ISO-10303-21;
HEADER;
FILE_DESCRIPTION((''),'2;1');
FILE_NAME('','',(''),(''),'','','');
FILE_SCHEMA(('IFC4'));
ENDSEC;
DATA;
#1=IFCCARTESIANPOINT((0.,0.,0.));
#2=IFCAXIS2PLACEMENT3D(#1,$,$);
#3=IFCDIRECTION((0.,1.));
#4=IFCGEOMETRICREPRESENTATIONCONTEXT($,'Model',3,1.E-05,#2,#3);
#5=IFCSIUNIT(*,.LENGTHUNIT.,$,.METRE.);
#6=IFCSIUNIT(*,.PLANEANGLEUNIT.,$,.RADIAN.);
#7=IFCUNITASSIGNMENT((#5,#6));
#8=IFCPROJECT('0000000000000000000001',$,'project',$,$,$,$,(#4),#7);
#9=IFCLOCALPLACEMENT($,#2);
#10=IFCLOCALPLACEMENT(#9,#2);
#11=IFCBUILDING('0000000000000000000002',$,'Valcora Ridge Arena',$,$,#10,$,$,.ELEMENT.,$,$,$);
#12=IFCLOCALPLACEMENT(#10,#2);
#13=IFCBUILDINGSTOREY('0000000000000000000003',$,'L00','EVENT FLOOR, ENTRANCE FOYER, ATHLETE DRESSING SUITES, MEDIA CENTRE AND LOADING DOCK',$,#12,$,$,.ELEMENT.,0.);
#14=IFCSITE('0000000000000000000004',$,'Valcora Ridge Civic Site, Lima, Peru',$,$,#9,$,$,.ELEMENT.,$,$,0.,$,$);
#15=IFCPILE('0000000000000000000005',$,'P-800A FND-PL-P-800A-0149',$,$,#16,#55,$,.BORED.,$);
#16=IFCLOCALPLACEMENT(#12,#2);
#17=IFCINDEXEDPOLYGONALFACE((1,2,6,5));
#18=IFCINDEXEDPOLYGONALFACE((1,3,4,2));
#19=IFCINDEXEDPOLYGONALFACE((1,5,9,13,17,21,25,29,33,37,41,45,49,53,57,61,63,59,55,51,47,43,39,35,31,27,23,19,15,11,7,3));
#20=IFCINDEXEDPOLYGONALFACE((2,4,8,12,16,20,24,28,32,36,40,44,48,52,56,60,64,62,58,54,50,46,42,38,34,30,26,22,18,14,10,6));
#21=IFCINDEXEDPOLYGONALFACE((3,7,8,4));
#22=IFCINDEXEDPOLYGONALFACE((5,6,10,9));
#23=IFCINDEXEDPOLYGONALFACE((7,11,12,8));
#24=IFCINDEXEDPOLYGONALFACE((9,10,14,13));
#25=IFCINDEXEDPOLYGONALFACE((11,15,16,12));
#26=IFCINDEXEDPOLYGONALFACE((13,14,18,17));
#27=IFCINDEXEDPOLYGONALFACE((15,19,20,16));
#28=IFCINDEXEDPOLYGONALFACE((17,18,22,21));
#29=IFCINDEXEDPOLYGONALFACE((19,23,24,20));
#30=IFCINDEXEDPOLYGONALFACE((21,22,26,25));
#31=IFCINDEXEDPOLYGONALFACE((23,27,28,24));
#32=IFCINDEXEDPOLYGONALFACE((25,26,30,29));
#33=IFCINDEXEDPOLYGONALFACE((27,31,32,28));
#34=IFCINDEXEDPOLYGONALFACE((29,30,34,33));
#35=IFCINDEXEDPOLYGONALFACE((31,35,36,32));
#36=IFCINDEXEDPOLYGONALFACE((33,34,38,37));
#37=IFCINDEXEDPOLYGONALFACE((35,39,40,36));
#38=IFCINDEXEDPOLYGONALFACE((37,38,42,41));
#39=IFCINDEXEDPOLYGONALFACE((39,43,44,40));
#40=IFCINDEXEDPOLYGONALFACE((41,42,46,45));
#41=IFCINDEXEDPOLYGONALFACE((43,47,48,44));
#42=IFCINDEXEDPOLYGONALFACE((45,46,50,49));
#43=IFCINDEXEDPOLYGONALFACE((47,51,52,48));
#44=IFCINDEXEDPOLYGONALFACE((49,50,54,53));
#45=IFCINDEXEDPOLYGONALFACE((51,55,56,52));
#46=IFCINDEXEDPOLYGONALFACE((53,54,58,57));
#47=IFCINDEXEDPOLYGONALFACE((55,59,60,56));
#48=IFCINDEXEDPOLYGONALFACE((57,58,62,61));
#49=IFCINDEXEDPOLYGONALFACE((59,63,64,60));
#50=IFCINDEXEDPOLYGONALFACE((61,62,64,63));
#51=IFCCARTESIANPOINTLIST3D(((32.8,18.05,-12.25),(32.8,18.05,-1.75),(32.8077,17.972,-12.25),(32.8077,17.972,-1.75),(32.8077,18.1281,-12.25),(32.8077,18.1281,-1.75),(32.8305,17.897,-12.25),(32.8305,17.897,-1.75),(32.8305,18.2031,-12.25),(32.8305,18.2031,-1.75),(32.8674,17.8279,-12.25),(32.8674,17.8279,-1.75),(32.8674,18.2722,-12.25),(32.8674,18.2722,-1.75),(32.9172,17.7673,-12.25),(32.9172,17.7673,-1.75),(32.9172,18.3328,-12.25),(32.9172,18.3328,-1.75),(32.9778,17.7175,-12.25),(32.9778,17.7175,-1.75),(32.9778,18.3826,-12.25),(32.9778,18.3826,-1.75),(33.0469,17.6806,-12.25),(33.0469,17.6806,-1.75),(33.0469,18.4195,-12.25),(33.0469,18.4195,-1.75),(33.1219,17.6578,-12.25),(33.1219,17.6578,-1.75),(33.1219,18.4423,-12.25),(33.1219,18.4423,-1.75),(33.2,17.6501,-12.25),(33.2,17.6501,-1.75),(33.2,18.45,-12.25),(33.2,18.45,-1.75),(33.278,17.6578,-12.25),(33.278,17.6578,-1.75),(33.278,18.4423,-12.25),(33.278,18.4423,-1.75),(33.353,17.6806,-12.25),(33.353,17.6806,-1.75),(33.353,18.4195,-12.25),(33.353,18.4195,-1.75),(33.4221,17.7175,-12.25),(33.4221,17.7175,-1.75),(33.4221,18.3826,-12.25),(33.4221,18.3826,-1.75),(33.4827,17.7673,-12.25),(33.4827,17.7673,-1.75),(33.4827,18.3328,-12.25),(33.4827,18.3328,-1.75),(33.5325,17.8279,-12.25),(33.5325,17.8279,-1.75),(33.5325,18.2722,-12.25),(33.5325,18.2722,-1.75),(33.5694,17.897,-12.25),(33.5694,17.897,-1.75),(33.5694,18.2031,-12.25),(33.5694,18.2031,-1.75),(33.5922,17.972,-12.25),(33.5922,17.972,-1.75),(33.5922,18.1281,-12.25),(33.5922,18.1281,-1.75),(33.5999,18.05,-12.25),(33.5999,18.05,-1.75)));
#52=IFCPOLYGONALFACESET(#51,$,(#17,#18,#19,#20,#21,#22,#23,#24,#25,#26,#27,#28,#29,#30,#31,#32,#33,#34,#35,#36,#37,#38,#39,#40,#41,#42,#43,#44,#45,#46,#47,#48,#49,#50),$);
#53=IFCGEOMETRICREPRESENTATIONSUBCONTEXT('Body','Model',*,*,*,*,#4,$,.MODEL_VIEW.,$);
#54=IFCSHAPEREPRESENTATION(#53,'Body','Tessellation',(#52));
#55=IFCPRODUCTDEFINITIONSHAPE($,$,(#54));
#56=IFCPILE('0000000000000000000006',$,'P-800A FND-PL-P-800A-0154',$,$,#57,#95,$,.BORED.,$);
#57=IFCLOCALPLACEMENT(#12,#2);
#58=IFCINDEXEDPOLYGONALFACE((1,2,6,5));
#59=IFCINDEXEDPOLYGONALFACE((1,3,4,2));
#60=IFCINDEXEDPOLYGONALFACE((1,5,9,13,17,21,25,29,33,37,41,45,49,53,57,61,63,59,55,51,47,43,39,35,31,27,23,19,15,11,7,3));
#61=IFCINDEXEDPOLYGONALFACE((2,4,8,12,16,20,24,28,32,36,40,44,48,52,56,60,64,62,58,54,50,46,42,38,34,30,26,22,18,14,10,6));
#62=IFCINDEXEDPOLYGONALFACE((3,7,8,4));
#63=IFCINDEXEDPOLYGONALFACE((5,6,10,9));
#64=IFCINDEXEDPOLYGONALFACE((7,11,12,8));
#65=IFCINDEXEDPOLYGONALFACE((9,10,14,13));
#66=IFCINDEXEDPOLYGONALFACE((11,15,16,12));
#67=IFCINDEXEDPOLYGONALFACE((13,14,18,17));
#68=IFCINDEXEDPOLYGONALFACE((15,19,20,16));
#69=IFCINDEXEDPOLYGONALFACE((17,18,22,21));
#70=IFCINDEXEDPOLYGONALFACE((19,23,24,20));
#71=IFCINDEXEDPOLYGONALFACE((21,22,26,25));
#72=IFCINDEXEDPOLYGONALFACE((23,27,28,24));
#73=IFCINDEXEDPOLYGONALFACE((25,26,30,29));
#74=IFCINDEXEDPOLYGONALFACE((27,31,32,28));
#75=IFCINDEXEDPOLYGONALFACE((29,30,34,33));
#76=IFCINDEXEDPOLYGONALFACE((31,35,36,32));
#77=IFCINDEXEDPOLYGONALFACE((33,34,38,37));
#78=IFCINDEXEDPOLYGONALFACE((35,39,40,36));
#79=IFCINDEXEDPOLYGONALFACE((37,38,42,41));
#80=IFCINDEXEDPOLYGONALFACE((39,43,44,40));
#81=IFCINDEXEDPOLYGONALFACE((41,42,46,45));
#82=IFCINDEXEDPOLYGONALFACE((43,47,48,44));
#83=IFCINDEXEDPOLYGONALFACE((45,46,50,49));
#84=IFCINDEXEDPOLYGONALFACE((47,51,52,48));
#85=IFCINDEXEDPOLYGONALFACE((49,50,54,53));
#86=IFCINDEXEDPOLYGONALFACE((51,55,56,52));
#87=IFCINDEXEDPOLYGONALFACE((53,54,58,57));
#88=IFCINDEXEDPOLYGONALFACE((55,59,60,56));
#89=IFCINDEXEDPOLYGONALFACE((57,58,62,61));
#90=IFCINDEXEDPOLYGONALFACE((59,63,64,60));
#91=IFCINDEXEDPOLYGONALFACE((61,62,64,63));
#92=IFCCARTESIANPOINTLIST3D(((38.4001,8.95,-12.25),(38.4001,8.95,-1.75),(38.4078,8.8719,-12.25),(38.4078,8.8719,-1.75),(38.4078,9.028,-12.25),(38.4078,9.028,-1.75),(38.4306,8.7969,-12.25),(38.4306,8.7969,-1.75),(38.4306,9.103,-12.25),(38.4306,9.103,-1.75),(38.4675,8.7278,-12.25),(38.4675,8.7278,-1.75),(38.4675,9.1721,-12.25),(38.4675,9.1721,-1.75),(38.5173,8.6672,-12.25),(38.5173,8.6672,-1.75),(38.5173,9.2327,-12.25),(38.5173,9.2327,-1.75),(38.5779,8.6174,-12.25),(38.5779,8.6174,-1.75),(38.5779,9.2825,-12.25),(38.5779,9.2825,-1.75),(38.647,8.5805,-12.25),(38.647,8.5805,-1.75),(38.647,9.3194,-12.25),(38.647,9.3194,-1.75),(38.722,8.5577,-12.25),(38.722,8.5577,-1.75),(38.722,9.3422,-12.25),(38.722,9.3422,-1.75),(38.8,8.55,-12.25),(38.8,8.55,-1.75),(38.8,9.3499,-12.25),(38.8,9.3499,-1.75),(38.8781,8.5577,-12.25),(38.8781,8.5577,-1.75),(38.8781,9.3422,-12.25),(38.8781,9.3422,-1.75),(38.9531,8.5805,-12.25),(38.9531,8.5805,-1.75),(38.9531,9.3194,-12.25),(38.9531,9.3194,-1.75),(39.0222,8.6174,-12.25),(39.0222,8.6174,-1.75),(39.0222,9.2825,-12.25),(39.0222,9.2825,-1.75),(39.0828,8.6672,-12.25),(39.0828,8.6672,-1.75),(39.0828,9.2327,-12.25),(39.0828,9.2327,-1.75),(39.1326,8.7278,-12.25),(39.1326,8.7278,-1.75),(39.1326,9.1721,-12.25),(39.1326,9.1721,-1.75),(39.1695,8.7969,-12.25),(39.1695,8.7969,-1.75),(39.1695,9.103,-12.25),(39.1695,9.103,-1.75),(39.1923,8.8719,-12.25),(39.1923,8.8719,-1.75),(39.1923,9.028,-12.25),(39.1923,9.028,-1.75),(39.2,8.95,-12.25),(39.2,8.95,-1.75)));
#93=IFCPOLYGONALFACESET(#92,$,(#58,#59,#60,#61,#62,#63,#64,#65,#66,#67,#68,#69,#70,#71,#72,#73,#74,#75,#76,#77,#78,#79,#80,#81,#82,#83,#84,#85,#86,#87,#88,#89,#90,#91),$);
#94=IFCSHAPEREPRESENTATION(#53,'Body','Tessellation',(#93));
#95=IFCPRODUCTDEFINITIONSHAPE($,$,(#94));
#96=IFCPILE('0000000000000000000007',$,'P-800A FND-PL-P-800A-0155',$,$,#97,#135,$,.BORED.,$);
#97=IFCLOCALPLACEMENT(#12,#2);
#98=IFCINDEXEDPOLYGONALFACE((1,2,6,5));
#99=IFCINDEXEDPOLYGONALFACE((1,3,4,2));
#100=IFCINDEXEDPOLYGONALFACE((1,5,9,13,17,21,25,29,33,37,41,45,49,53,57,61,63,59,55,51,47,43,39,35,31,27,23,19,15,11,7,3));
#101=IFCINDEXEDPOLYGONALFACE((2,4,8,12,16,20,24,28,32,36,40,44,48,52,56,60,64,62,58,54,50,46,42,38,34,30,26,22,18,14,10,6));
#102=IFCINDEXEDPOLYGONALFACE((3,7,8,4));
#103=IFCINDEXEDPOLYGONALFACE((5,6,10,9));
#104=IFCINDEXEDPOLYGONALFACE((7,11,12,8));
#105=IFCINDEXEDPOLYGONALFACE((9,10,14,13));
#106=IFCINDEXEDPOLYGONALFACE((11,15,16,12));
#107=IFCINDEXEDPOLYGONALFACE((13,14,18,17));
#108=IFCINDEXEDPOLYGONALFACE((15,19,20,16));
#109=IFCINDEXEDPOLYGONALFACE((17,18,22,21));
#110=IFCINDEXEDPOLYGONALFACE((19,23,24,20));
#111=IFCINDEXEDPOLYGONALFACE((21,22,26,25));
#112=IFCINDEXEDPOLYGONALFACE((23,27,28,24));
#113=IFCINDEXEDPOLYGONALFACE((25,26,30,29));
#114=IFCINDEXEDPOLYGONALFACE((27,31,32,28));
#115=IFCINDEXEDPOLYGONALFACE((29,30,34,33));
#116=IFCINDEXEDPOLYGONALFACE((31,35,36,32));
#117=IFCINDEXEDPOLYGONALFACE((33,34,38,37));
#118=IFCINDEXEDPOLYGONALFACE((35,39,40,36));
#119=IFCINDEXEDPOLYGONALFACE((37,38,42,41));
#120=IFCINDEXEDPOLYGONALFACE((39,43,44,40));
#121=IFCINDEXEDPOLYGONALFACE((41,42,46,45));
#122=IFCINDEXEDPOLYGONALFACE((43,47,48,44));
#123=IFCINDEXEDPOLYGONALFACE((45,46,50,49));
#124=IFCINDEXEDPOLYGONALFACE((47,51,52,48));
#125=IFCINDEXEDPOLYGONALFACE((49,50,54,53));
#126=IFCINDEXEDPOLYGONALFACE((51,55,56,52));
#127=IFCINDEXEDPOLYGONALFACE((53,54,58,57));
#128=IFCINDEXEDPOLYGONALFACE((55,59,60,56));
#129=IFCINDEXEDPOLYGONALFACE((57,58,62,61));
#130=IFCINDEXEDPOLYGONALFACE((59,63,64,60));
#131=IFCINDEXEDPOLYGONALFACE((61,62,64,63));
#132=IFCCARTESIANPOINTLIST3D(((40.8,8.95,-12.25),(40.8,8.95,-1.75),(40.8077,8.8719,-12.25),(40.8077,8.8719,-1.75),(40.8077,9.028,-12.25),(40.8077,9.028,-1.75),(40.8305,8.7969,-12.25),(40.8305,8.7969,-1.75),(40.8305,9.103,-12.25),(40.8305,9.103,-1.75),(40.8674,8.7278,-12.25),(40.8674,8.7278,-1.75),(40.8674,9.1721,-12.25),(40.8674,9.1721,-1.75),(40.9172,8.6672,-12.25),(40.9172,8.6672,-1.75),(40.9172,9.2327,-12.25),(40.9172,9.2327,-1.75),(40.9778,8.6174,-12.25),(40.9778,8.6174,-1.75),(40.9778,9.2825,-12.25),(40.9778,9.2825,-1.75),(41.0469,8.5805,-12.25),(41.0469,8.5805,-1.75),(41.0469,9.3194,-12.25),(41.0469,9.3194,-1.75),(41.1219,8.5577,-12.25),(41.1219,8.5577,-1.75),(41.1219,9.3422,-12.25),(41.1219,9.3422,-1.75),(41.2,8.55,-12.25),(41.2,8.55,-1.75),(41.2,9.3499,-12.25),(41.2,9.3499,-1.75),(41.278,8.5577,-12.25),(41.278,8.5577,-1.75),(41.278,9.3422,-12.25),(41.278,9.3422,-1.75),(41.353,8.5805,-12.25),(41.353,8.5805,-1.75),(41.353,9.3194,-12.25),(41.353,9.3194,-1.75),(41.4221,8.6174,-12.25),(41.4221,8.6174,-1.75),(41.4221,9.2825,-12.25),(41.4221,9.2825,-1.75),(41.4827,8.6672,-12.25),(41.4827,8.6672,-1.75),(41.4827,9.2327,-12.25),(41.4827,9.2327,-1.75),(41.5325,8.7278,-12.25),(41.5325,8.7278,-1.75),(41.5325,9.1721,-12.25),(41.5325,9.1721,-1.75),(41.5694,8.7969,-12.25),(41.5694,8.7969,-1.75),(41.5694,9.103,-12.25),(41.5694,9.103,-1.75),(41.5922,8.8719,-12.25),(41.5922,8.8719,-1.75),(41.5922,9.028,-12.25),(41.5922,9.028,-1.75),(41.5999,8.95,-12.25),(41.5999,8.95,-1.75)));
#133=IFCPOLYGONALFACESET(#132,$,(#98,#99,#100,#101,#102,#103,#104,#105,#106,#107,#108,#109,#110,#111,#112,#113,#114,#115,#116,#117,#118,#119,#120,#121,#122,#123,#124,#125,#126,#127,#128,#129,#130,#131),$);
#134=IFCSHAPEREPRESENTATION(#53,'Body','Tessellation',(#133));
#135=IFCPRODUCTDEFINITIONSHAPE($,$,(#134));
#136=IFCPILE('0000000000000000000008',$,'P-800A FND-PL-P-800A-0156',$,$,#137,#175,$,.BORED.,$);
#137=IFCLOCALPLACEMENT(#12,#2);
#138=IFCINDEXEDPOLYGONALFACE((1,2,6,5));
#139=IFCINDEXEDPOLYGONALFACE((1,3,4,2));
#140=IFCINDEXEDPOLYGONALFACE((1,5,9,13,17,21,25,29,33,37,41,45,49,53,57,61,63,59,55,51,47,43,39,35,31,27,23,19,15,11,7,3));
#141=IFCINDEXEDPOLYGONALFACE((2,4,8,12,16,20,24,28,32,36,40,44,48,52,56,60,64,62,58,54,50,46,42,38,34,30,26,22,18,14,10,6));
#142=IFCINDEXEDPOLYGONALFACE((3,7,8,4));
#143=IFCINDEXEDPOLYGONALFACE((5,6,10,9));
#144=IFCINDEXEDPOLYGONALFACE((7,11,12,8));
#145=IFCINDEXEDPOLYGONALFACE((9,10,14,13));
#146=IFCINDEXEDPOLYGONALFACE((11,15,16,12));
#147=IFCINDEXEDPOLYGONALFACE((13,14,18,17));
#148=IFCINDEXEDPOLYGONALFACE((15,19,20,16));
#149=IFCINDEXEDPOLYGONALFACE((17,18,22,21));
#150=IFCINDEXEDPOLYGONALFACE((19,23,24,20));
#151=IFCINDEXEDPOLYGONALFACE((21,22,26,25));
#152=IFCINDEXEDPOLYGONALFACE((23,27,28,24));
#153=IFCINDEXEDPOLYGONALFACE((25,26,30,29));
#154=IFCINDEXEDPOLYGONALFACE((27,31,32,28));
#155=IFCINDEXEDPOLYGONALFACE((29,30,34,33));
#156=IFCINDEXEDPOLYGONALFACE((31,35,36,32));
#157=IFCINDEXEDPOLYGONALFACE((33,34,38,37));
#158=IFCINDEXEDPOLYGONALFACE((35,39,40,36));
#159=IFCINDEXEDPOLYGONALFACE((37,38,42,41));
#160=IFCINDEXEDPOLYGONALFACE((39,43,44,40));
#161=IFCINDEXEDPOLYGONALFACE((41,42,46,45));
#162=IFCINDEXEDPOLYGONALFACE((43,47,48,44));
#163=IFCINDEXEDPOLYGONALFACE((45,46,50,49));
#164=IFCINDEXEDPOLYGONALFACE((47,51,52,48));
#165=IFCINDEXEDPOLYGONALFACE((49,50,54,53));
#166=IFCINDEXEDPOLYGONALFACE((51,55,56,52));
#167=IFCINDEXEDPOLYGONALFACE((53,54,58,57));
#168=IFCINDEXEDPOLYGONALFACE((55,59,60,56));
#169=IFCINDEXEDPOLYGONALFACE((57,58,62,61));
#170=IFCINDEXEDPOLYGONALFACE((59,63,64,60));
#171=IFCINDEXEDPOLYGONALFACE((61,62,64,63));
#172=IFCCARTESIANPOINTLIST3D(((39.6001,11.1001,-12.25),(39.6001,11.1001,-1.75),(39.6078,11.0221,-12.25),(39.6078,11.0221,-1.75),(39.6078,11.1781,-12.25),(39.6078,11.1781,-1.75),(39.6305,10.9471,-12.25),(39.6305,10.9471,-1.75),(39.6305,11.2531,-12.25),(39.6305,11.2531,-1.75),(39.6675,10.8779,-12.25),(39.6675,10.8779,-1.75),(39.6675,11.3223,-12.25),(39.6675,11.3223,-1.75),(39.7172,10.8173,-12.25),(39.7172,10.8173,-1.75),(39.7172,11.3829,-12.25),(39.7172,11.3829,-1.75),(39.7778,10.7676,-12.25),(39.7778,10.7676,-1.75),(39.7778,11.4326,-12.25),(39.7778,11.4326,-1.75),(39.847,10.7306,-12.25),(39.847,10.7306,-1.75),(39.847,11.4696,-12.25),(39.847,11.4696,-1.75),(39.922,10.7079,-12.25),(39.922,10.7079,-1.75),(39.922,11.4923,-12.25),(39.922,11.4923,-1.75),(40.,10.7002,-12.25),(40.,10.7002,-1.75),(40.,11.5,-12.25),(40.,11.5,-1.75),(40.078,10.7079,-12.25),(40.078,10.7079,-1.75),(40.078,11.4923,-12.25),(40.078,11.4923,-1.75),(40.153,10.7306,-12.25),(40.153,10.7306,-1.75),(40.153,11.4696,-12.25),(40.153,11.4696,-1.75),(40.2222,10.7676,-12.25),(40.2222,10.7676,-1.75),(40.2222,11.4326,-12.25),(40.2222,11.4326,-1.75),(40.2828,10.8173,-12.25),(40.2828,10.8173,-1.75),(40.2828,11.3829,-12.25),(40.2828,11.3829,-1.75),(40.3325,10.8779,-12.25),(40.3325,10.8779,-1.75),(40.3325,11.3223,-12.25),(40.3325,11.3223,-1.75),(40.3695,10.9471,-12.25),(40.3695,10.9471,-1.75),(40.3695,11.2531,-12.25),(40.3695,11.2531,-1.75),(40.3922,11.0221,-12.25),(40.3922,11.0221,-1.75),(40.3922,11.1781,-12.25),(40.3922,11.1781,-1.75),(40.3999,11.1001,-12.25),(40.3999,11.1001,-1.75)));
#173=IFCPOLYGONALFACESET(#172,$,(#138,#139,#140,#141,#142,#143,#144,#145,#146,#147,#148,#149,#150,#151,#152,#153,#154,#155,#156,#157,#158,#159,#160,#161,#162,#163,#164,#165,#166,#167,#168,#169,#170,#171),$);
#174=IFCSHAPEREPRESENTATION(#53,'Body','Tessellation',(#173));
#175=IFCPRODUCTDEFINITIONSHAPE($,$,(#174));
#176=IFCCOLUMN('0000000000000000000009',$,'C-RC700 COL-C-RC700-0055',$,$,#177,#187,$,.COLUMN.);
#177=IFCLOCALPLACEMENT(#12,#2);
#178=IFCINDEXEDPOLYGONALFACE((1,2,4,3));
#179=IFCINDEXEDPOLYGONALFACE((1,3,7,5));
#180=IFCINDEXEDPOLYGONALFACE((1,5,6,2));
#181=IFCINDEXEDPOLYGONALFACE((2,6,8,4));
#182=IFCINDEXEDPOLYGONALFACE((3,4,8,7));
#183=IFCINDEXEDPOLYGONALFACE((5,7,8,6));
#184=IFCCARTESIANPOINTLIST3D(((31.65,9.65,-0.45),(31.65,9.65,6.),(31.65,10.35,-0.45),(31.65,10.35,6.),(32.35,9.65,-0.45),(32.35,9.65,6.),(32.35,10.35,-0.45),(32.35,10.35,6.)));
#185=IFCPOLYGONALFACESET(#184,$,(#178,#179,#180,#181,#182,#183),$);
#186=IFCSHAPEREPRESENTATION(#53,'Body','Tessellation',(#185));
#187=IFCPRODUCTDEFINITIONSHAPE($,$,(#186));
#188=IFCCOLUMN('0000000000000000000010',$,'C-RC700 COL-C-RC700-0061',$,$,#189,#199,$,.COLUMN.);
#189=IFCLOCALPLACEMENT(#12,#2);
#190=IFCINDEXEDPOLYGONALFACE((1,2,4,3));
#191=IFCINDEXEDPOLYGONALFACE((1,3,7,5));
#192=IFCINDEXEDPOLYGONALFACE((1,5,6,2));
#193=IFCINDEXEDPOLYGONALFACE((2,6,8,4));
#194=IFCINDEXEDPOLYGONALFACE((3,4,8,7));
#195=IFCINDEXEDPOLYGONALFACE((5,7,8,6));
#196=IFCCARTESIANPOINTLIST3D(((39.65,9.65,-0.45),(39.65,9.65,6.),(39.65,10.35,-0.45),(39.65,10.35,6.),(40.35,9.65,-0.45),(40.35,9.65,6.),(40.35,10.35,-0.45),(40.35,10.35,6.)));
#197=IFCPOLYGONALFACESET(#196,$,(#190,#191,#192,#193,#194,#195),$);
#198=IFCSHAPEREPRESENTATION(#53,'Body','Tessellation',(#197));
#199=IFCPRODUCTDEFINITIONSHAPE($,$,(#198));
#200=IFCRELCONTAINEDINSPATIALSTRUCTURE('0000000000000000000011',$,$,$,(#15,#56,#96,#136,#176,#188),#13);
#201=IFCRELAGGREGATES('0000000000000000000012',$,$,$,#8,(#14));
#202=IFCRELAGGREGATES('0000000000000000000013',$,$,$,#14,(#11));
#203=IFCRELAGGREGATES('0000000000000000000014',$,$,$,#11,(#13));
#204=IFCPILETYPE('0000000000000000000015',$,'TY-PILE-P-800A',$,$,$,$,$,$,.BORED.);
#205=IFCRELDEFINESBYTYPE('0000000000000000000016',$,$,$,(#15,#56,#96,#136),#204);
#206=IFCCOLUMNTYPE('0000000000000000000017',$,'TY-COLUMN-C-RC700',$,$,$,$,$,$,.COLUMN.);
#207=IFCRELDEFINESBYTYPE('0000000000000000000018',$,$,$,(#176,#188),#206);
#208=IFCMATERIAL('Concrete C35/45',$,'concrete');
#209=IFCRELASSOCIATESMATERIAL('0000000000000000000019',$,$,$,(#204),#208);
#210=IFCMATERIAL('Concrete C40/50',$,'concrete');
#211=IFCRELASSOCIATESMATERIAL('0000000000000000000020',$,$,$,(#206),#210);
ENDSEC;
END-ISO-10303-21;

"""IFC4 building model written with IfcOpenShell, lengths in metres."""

from ifc_helpers import new_model, si_unit, direction, frame, origin, origin_2d, place, context, subcontext, project, spatial, rectangle, circle, extrude, material, material_profile, profile_set, type_object, element, save


model = new_model("IFC4")

# Units and contexts
model_context = context("Model", 3, precision=1e-05, world=origin(), true_north=direction((0.0, 1.0)))
body_context = subcontext(model_context, "Body", "Model", "MODEL_VIEW")
ifc_project = project(units=[si_unit("LENGTHUNIT", "METRE"), si_unit("PLANEANGLEUNIT", "RADIAN")], contexts=[model_context])

# Site, building, storey
site_placement = place(None, origin())
site = spatial("IfcSite", under=ifc_project, at=site_placement, Name="Valcora Ridge Civic Site, Lima, Peru", CompositionType="ELEMENT", RefElevation=0.0)
building_placement = place(site_placement, origin())
building = spatial("IfcBuilding", under=site, at=building_placement, Name="Valcora Ridge Arena", CompositionType="ELEMENT")
storey_placement = place(building_placement, origin())
storey = spatial("IfcBuildingStorey", under=building, at=storey_placement, Name="L00", Description="EVENT FLOOR, ENTRANCE FOYER, ATHLETE DRESSING SUITES, MEDIA CENTRE AND LOADING DOCK", CompositionType="ELEMENT", Elevation=0.0)

# Shared definitions
ifc_material_1 = material(Name="Concrete C40/50", Category="concrete")

# Piles
ifc_material_2 = material(Name="Concrete C35/45", Category="concrete")
ifc_material_profile_1 = material_profile(ifc_material_2, circle(Radius=0.3999, at=origin_2d()), Name="BORED PILE D800")
ifc_profile_set_1 = profile_set([ifc_material_profile_1], Name="Concrete C35/45")
pile_type = type_object("IfcPileType", Name="TY-PILE-P-800A", PredefinedType="BORED", material=ifc_profile_set_1)
for number, where, z_axis, x_axis, name in (
    (1, (33.2, 18.05, -1.75), (0.0, 0.0, -1.0), (1.0, 0.0, 0.0), "P-800A FND-PL-P-800A-0149"),
    (2, (38.8, 8.95, -1.75), (0.0, 0.0, -1.0), (1.0, 0.0, 0.0), "P-800A FND-PL-P-800A-0154"),
    (3, (41.2, 8.95, -1.75), (0.0, 0.0, -1.0), (1.0, 0.0, 0.0), "P-800A FND-PL-P-800A-0155"),
    (4, (40.0, 11.1001, -1.75), (0.0, 0.0, -1.0), (1.0, 0.0, 0.0), "P-800A FND-PL-P-800A-0156"),
):
    element("IfcPile", number, at=place(storey_placement, frame(where, z_axis=z_axis, x_axis=x_axis)), inside=storey, type_object=pile_type, Name=name, PredefinedType="BORED", context=body_context, shape_type="SweptSolid", body=[
        extrude(circle(Radius=0.3999, at=origin_2d()), origin(), (0.0, 0.0, 1.0), 10.5),
    ])

# Columns
ifc_material_profile_2 = material_profile(ifc_material_1, rectangle(XDim=0.7, YDim=0.7, at=origin_2d()), Name="RC 700x700")
ifc_profile_set_2 = profile_set([ifc_material_profile_2], Name="Concrete C40/50")
column_type = type_object("IfcColumnType", Name="TY-COLUMN-C-RC700", PredefinedType="COLUMN", material=ifc_profile_set_2)
for number, where, z_axis, x_axis, name in (
    (5, (32.0, 10.0, -0.45), (0.0, 0.0, 1.0), (1.0, 0.0, 0.0), "C-RC700 COL-C-RC700-0055"),
    (6, (40.0, 10.0, -0.45), (0.0, 0.0, 1.0), (1.0, 0.0, 0.0), "C-RC700 COL-C-RC700-0061"),
):
    element("IfcColumn", number, at=place(storey_placement, frame(where, z_axis=z_axis, x_axis=x_axis)), inside=storey, type_object=column_type, Name=name, PredefinedType="COLUMN", context=body_context, shape_type="SweptSolid", body=[
        extrude(rectangle(XDim=0.7, YDim=0.7, at=origin_2d()), origin(), (0.0, 0.0, 1.0), 6.45),
    ])

save(model, "model.ifc")
